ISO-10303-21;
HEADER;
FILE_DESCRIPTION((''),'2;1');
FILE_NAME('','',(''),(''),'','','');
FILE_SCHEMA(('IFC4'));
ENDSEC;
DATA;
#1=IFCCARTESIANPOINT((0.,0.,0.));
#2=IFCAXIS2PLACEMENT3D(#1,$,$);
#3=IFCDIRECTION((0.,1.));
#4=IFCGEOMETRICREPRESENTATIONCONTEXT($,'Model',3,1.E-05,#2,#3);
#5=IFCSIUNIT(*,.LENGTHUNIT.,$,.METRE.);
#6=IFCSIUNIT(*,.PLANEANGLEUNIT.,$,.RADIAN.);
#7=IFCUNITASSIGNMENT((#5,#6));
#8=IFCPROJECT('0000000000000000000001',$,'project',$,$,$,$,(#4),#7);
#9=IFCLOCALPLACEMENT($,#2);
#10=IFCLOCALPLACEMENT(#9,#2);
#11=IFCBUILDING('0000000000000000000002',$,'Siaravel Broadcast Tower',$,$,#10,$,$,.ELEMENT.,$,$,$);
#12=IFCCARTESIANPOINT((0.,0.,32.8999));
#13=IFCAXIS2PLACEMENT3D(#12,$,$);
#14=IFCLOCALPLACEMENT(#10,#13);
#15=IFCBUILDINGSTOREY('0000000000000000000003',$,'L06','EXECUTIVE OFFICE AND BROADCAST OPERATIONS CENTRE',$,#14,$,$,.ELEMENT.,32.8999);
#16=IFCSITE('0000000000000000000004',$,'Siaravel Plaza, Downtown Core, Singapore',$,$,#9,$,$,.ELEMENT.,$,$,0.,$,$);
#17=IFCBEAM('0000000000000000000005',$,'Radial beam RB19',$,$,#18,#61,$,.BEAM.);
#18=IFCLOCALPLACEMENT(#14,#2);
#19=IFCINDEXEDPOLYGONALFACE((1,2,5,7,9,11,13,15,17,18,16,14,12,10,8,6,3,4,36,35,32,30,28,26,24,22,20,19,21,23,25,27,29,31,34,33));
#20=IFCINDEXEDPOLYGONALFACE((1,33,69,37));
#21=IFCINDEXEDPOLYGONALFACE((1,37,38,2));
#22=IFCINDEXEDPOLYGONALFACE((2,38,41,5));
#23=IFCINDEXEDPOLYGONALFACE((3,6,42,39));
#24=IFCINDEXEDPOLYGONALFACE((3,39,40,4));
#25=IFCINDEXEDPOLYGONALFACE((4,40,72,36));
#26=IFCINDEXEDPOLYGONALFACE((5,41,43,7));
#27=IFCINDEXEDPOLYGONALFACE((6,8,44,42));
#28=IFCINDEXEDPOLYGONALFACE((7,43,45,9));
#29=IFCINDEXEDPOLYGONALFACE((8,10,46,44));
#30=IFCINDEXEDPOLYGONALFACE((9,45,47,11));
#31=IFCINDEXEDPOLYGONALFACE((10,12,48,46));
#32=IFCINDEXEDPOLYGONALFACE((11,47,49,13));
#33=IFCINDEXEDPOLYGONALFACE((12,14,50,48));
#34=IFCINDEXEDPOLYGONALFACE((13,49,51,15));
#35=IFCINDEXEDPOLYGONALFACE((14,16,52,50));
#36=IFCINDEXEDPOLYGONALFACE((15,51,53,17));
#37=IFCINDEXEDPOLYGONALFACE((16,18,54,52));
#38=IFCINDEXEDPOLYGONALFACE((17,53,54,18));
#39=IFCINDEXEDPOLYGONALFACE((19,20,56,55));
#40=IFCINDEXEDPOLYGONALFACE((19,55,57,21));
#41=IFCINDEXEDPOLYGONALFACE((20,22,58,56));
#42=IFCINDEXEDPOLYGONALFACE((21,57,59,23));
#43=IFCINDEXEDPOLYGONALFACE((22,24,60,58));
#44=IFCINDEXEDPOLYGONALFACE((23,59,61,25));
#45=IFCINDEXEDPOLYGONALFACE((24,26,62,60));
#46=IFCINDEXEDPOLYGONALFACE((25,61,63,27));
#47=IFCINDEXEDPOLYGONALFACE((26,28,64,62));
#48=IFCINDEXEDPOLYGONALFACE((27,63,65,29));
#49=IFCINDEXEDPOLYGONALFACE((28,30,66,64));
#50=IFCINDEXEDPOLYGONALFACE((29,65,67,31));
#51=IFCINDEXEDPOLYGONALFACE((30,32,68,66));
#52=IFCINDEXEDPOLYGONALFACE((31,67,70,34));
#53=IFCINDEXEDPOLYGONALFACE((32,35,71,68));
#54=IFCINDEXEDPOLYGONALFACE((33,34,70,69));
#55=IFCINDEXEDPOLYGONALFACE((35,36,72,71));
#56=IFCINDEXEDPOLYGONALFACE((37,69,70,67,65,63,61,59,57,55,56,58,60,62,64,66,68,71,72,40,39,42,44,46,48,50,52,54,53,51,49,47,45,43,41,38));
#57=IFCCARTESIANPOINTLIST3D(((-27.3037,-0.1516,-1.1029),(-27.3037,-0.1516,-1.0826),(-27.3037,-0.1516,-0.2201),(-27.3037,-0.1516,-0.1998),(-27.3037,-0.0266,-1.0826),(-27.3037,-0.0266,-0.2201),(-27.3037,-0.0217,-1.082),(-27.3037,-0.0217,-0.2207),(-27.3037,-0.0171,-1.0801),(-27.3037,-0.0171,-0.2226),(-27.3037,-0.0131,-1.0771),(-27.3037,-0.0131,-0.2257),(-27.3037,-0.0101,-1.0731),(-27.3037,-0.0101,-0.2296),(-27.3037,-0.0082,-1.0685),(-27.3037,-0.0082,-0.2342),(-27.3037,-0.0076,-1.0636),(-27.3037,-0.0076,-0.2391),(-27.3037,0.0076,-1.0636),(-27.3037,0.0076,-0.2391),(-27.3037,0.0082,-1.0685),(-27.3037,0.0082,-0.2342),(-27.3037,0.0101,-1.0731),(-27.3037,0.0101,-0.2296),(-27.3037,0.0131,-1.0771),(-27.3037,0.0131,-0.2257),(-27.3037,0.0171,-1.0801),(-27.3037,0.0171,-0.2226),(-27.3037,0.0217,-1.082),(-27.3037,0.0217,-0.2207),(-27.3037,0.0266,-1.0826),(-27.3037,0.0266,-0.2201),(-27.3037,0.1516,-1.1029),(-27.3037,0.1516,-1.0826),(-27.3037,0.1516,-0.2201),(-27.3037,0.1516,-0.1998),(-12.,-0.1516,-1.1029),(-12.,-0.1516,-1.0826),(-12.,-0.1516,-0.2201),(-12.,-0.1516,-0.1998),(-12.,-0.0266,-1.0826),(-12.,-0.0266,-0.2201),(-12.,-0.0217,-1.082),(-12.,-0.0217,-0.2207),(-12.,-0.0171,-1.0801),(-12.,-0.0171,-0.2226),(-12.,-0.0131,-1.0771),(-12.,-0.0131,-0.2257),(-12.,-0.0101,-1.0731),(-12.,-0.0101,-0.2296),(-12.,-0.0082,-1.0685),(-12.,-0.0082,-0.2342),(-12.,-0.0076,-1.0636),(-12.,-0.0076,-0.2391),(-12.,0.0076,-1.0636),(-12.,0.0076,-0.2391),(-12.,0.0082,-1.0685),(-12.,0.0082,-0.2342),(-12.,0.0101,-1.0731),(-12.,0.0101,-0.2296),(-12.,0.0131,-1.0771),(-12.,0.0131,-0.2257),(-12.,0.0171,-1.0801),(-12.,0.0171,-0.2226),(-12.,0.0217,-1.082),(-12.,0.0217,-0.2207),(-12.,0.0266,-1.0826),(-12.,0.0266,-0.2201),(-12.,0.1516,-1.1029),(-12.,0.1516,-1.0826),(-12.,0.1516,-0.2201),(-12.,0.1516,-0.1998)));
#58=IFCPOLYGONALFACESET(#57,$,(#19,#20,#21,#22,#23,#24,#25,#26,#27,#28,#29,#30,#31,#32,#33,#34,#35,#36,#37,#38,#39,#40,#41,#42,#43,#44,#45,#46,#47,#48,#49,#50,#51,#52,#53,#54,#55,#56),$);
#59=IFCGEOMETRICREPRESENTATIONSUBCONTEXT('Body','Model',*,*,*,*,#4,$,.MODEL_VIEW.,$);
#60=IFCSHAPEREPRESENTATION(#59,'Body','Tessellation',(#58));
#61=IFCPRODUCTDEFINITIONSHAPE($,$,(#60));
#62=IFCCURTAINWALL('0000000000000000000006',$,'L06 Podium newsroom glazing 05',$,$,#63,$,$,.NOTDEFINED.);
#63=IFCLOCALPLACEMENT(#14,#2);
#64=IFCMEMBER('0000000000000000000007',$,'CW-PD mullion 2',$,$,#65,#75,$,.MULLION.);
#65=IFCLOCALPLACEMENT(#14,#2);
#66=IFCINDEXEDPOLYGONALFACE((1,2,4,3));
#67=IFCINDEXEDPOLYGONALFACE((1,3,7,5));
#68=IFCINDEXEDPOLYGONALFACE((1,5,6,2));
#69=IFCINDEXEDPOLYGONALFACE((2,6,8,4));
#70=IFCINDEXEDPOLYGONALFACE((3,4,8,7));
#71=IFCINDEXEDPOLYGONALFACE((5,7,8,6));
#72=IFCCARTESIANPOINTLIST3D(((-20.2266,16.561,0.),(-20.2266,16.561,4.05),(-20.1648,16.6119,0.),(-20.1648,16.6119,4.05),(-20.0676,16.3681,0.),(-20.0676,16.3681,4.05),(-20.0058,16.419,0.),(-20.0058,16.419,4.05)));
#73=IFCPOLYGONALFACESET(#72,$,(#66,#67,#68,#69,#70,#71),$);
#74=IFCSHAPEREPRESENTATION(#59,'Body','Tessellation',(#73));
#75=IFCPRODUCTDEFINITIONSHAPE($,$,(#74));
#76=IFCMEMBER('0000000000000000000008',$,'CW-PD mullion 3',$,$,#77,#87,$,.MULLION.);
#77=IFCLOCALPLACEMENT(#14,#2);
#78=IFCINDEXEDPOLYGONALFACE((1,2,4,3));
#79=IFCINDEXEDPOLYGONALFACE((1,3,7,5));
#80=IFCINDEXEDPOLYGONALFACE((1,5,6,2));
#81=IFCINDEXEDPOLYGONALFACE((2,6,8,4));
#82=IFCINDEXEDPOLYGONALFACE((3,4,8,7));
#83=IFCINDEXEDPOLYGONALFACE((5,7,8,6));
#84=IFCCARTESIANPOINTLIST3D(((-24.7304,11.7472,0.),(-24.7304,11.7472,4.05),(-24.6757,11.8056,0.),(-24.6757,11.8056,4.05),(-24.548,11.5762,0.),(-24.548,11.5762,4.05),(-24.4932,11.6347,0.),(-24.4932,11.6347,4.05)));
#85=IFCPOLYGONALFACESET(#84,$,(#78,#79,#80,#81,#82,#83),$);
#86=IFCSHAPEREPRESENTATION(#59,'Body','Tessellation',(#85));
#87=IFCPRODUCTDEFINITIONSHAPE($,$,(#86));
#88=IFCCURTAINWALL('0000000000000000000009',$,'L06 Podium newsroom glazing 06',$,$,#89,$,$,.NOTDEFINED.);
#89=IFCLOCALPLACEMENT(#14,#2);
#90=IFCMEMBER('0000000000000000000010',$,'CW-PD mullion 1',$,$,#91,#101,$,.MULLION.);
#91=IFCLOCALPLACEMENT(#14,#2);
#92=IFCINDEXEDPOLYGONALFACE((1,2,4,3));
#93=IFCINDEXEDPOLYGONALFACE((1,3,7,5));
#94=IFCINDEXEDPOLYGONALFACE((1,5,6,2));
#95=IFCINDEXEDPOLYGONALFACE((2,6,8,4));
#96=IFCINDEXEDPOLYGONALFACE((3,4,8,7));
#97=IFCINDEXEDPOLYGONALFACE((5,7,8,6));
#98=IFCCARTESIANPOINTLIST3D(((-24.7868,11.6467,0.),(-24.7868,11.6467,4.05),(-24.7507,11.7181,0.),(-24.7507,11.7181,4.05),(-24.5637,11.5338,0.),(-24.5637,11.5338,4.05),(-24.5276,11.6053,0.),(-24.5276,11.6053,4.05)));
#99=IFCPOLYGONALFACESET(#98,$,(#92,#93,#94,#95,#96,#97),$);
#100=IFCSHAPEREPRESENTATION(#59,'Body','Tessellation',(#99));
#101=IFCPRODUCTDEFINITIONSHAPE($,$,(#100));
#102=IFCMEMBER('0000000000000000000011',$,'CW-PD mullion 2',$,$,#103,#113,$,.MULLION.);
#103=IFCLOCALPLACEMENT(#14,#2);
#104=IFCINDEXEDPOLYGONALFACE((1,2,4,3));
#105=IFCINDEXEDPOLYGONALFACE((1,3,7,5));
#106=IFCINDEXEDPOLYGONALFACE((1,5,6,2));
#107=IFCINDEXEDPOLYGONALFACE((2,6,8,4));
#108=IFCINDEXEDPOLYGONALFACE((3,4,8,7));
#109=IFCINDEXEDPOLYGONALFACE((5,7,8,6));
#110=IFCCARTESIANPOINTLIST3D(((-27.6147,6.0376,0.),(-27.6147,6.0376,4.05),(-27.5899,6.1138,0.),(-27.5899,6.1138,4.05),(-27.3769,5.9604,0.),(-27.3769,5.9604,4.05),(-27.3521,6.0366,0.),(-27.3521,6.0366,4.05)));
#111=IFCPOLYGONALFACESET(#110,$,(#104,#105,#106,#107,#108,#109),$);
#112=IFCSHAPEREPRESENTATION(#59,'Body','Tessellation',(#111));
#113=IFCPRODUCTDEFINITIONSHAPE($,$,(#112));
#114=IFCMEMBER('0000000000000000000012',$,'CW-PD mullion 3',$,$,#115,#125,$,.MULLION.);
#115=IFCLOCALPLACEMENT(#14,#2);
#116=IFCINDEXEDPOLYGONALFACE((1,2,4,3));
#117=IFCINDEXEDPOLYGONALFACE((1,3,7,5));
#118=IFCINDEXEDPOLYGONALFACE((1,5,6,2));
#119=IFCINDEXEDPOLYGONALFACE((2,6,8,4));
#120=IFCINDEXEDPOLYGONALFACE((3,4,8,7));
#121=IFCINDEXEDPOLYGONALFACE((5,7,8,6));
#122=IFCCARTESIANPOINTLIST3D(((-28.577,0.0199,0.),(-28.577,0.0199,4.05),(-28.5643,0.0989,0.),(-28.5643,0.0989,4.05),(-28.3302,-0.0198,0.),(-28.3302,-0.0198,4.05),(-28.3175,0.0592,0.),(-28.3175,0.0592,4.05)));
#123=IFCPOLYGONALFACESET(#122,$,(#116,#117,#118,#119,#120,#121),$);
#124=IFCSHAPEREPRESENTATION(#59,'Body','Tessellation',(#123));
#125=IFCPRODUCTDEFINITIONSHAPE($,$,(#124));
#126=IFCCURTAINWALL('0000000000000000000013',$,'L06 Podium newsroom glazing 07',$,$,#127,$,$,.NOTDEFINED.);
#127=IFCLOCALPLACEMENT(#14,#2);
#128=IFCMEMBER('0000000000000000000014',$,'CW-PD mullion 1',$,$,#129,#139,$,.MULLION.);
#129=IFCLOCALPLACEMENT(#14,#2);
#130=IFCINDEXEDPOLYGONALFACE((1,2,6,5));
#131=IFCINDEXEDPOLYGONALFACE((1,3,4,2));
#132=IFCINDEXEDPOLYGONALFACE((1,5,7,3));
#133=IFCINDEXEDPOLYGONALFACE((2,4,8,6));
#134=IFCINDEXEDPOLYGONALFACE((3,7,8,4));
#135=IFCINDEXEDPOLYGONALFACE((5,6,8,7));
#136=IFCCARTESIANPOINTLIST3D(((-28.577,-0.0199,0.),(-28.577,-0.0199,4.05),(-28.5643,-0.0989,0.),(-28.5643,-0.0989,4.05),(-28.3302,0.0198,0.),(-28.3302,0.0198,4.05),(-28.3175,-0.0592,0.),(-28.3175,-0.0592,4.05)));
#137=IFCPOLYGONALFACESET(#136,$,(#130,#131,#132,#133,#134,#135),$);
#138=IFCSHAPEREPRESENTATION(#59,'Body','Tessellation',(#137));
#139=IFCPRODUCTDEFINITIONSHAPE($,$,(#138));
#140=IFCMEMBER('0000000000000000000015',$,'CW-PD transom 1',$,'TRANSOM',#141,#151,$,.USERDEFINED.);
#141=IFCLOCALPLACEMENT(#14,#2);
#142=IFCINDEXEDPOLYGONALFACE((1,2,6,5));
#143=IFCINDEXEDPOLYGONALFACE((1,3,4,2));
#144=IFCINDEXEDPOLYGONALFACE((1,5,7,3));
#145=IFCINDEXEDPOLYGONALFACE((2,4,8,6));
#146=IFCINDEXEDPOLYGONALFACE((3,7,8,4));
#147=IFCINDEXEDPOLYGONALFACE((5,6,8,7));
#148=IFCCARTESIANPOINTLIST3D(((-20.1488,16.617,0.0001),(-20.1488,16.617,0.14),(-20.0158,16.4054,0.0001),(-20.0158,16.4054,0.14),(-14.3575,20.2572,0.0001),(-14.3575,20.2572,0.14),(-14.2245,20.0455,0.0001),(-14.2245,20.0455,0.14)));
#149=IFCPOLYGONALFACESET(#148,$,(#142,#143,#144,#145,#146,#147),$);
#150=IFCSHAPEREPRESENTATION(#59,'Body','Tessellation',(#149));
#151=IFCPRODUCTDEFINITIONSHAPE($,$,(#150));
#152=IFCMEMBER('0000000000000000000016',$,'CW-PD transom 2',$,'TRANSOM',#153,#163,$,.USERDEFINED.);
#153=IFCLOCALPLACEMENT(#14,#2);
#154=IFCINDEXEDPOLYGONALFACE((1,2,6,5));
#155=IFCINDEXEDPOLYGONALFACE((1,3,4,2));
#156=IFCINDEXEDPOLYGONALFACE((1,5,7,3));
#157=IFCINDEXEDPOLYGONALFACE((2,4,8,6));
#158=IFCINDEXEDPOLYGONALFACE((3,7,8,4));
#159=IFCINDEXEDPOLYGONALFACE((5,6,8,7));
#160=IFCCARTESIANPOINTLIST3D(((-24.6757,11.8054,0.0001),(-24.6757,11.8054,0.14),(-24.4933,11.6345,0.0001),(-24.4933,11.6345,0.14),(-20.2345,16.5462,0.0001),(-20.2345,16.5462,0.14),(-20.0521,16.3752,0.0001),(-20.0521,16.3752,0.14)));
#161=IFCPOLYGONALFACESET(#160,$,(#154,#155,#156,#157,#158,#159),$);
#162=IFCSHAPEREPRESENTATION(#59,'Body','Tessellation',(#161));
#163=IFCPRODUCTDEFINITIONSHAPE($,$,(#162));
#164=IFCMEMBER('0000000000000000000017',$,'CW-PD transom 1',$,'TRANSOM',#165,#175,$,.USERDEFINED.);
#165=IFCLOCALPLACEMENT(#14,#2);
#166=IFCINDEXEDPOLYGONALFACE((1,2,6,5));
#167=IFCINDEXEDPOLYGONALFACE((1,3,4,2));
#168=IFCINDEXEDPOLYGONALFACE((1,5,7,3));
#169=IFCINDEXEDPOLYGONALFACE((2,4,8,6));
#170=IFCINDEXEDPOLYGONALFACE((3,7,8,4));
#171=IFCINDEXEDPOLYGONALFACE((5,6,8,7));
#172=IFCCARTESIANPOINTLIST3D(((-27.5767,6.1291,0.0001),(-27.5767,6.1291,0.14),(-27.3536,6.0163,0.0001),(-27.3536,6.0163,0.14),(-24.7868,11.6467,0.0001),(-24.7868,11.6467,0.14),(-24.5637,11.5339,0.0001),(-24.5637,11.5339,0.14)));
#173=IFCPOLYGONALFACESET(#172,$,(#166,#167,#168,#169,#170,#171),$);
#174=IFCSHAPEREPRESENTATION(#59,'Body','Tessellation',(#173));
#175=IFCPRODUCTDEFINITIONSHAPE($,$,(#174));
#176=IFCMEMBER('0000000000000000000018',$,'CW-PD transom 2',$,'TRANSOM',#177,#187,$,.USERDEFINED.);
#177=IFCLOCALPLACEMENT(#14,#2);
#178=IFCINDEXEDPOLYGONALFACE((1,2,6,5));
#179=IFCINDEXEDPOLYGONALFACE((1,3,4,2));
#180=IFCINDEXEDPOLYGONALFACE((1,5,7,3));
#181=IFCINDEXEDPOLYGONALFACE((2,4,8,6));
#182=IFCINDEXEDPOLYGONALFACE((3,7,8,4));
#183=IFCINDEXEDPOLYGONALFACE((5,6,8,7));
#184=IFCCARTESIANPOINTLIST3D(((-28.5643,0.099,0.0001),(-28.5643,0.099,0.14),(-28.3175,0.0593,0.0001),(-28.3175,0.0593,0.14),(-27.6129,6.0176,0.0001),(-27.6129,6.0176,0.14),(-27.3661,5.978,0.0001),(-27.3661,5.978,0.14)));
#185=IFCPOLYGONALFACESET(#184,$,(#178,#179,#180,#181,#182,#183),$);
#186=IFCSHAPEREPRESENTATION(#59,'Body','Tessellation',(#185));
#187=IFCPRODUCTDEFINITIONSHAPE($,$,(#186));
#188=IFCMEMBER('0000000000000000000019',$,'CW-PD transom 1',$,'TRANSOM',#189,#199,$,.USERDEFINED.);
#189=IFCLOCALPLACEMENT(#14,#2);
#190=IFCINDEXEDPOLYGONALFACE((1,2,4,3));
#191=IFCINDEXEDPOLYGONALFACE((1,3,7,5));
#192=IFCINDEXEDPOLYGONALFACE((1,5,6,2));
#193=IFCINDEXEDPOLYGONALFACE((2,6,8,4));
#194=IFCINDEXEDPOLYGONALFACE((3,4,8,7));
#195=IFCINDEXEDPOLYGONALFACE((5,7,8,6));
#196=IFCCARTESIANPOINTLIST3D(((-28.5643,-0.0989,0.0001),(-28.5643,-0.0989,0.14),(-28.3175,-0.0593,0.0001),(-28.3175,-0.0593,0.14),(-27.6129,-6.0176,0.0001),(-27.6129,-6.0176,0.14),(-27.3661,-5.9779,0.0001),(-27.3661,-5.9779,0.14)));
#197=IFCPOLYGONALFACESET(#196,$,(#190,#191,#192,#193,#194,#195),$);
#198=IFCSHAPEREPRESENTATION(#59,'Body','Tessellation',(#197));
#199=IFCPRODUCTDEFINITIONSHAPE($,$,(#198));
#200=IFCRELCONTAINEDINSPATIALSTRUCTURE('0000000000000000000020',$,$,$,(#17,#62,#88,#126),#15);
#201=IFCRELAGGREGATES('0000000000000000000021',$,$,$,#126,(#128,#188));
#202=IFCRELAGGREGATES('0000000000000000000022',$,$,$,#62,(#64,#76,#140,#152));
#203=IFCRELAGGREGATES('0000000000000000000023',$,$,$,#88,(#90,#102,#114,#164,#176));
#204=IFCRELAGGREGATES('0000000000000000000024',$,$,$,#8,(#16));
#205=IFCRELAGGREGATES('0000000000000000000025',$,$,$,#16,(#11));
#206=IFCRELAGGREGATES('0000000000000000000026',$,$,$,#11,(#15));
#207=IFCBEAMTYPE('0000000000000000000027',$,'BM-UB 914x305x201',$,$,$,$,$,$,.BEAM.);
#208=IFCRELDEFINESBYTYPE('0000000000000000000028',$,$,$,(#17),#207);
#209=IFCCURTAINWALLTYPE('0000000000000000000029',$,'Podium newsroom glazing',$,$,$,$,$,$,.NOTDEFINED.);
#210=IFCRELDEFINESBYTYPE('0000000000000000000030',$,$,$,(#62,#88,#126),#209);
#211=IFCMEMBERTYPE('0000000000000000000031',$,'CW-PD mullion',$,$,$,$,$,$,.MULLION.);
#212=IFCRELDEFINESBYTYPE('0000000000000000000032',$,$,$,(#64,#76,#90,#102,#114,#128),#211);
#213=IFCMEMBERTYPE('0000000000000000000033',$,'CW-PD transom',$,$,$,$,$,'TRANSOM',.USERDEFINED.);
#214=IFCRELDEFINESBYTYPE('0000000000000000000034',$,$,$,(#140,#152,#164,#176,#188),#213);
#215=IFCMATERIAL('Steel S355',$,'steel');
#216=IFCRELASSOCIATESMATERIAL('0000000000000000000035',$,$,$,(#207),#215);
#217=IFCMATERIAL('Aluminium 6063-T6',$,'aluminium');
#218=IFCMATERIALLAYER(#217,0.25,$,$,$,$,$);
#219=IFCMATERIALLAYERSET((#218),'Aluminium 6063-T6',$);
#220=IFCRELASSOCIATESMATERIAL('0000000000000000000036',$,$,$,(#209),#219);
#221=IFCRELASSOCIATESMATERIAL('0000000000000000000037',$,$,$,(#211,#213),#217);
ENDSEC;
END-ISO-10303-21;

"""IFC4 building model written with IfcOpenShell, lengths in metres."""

from ifc_helpers import new_model, si_unit, direction, frame, origin, origin_2d, place, context, subcontext, project, spatial, rectangle, i_section, extrude, material, layer, layer_set, material_profile, profile_set, type_object, element, aggregate, save


model = new_model("IFC4")

# Units and contexts
model_context = context("Model", 3, precision=1e-05, world=origin(), true_north=direction((0.0, 1.0)))
body_context = subcontext(model_context, "Body", "Model", "MODEL_VIEW")
ifc_project = project(units=[si_unit("LENGTHUNIT", "METRE"), si_unit("PLANEANGLEUNIT", "RADIAN")], contexts=[model_context])

# Site, building, storey
site_placement = place(None, origin())
site = spatial("IfcSite", under=ifc_project, at=site_placement, Name="Siaravel Plaza, Downtown Core, Singapore", CompositionType="ELEMENT", RefElevation=0.0)
building_placement = place(site_placement, origin())
building = spatial("IfcBuilding", under=site, at=building_placement, Name="Siaravel Broadcast Tower", CompositionType="ELEMENT")
storey_placement = place(building_placement, frame((0.0, 0.0, 32.8999)))
storey = spatial("IfcBuildingStorey", under=building, at=storey_placement, Name="L06", Description="EXECUTIVE OFFICE AND BROADCAST OPERATIONS CENTRE", CompositionType="ELEMENT", Elevation=32.8999)

# Beam
ifc_material_1 = material(Name="Steel S355", Category="steel")
ifc_material_profile_1 = material_profile(ifc_material_1, i_section(OverallWidth=0.3032, OverallDepth=0.9031, WebThickness=0.0151, FlangeThickness=0.0203, FilletRadius=0.019, at=origin_2d()))
ifc_profile_set_1 = profile_set([ifc_material_profile_1], Name="Steel S355")
beam_type = type_object("IfcBeamType", Name="BM-UB 914x305x201", PredefinedType="BEAM", material=ifc_profile_set_1)
beam_1_placement = place(storey_placement, frame((-27.3037, 0.0, -0.6514), z_axis=(1.0, 0.0, 0.0), x_axis=(0.0, 1.0, 0.0)))
element("IfcBeam", 1, at=beam_1_placement, inside=storey, type_object=beam_type, Name="Radial beam RB19", PredefinedType="BEAM", context=body_context, shape_type="SweptSolid", body=[
    extrude(i_section(OverallWidth=0.3032, OverallDepth=0.9031, WebThickness=0.0151, FlangeThickness=0.0203, FilletRadius=0.019, at=origin_2d()), origin(), (0.0, 0.0, 1.0), 15.3037),
])

# Curtain walls, members
ifc_material_2 = material(Name="Aluminium 6063-T6", Category="aluminium")
ifc_layer_1 = layer(ifc_material_2, 0.25)
ifc_layer_set_1 = layer_set([ifc_layer_1], Name="Aluminium 6063-T6")
curtain_wall_type = type_object("IfcCurtainWallType", Name="Podium newsroom glazing", PredefinedType="NOTDEFINED", material=ifc_layer_set_1)
curtain_wall_1_placement = place(storey_placement, origin())
curtain_wall_1 = element("IfcCurtainWall", 2, at=curtain_wall_1_placement, inside=storey, type_object=curtain_wall_type, Name="L06 Podium newsroom glazing 05", PredefinedType="NOTDEFINED")
ifc_material_profile_2 = material_profile(ifc_material_2, rectangle(XDim=0.25, YDim=0.0801, at=origin_2d()))
ifc_profile_set_2 = profile_set([ifc_material_profile_2], Name="Aluminium 6063-T6")
member_type_1 = type_object("IfcMemberType", Name="CW-PD mullion", PredefinedType="MULLION", material=ifc_profile_set_2)
member_1_placement = place(storey_placement, frame((-20.1162, 16.49, 0.0), z_axis=(0.0, 0.0, 1.0), x_axis=(0.636218, -0.77151, 0.0)))
member_1 = element("IfcMember", 3, at=member_1_placement, type_object=member_type_1, Name="CW-PD mullion 2", PredefinedType="MULLION", context=body_context, shape_type="SweptSolid", body=[
    extrude(rectangle(XDim=0.25, YDim=0.0801, at=origin_2d()), origin(), (0.0, 0.0, 1.0), 4.05),
])
member_2_placement = place(storey_placement, frame((-24.6118, 11.6909, 0.0), z_axis=(0.0, 0.0, 1.0), x_axis=(0.729804, -0.683656, 0.0)))
member_2 = element("IfcMember", 4, at=member_2_placement, type_object=member_type_1, Name="CW-PD mullion 3", PredefinedType="MULLION", context=body_context, shape_type="SweptSolid", body=[
    extrude(rectangle(XDim=0.25, YDim=0.0801, at=origin_2d()), origin(), (0.0, 0.0, 1.0), 4.05),
])
curtain_wall_2_placement = place(storey_placement, origin())
curtain_wall_2 = element("IfcCurtainWall", 5, at=curtain_wall_2_placement, inside=storey, type_object=curtain_wall_type, Name="L06 Podium newsroom glazing 06", PredefinedType="NOTDEFINED")
member_3_placement = place(storey_placement, frame((-24.6572, 11.626, 0.0), z_axis=(0.0, 0.0, 1.0), x_axis=(0.892391, -0.451262, 0.0)))
member_3 = element("IfcMember", 6, at=member_3_placement, type_object=member_type_1, Name="CW-PD mullion 1", PredefinedType="MULLION", context=body_context, shape_type="SweptSolid", body=[
    extrude(rectangle(XDim=0.25, YDim=0.0801, at=origin_2d()), origin(), (0.0, 0.0, 1.0), 4.05),
])
member_4_placement = place(storey_placement, frame((-27.4834, 6.0371, 0.0), z_axis=(0.0, 0.0, 1.0), x_axis=(0.951177, -0.308646, 0.0)))
member_4 = element("IfcMember", 7, at=member_4_placement, type_object=member_type_1, Name="CW-PD mullion 2", PredefinedType="MULLION", context=body_context, shape_type="SweptSolid", body=[
    extrude(rectangle(XDim=0.25, YDim=0.0801, at=origin_2d()), origin(), (0.0, 0.0, 1.0), 4.05),
])
member_5_placement = place(storey_placement, frame((-28.4473, 0.0396, 0.0), z_axis=(0.0, 0.0, 1.0), x_axis=(0.987329, -0.158686, 0.0)))
member_5 = element("IfcMember", 8, at=member_5_placement, type_object=member_type_1, Name="CW-PD mullion 3", PredefinedType="MULLION", context=body_context, shape_type="SweptSolid", body=[
    extrude(rectangle(XDim=0.25, YDim=0.0801, at=origin_2d()), origin(), (0.0, 0.0, 1.0), 4.05),
])

# Curtain wall, member
curtain_wall_3_placement = place(storey_placement, origin())
curtain_wall_3 = element("IfcCurtainWall", 9, at=curtain_wall_3_placement, inside=storey, type_object=curtain_wall_type, Name="L06 Podium newsroom glazing 07", PredefinedType="NOTDEFINED")
member_6_placement = place(storey_placement, frame((-28.4473, -0.0396, 0.0), z_axis=(0.0, 0.0, 1.0), x_axis=(0.987329, 0.158686, 0.0)))
member_6 = element("IfcMember", 10, at=member_6_placement, type_object=member_type_1, Name="CW-PD mullion 1", PredefinedType="MULLION", context=body_context, shape_type="SweptSolid", body=[
    extrude(rectangle(XDim=0.25, YDim=0.0801, at=origin_2d()), origin(), (0.0, 0.0, 1.0), 4.05),
])

# Members
ifc_material_profile_3 = material_profile(ifc_material_2, rectangle(XDim=0.25, YDim=0.1399, at=origin_2d()))
ifc_profile_set_3 = profile_set([ifc_material_profile_3], Name="Aluminium 6063-T6")
member_type_2 = type_object("IfcMemberType", Name="CW-PD transom", ElementType="TRANSOM", PredefinedType="USERDEFINED", material=ifc_profile_set_3)
member_7_placement = place(storey_placement, frame((-14.291, 20.1514, 0.0701), z_axis=(-0.846642, -0.532163, 0.0), x_axis=(0.532163, -0.846642, 0.0)))
member_7 = element("IfcMember", 11, at=member_7_placement, type_object=member_type_2, Name="CW-PD transom 1", ObjectType="TRANSOM", PredefinedType="USERDEFINED", context=body_context, shape_type="SweptSolid", body=[
    extrude(rectangle(XDim=0.25, YDim=0.1399, at=origin_2d()), origin(), (0.0, 0.0, 1.0), 6.8403),
])
member_8_placement = place(storey_placement, frame((-20.1433, 16.4607, 0.0701), z_axis=(-0.683674, -0.729788, 0.0), x_axis=(0.729788, -0.683674, 0.0)))
member_8 = element("IfcMember", 12, at=member_8_placement, type_object=member_type_2, Name="CW-PD transom 2", ObjectType="TRANSOM", PredefinedType="USERDEFINED", context=body_context, shape_type="SweptSolid", body=[
    extrude(rectangle(XDim=0.25, YDim=0.1399, at=origin_2d()), origin(), (0.0, 0.0, 1.0), 6.4961),
])
member_9_placement = place(storey_placement, frame((-24.6753, 11.5903, 0.0701), z_axis=(-0.451221, -0.892412, 0.0), x_axis=(0.892412, -0.451221, 0.0)))
member_9 = element("IfcMember", 13, at=member_9_placement, type_object=member_type_2, Name="CW-PD transom 1", ObjectType="TRANSOM", PredefinedType="USERDEFINED", context=body_context, shape_type="SweptSolid", body=[
    extrude(rectangle(XDim=0.25, YDim=0.1399, at=origin_2d()), origin(), (0.0, 0.0, 1.0), 6.1829),
])
member_10_placement = place(storey_placement, frame((-27.4895, 5.9978, 0.0701), z_axis=(-0.15871, -0.987325, 0.0), x_axis=(0.987325, -0.15871, 0.0)))
member_10 = element("IfcMember", 14, at=member_10_placement, type_object=member_type_2, Name="CW-PD transom 2", ObjectType="TRANSOM", PredefinedType="USERDEFINED", context=body_context, shape_type="SweptSolid", body=[
    extrude(rectangle(XDim=0.25, YDim=0.1399, at=origin_2d()), origin(), (0.0, 0.0, 1.0), 5.9946),
])
member_11_placement = place(storey_placement, frame((-28.4409, -0.0791, 0.0701), z_axis=(0.15871, -0.987325, 0.0), x_axis=(0.987325, 0.15871, 0.0)))
member_11 = element("IfcMember", 15, at=member_11_placement, type_object=member_type_2, Name="CW-PD transom 1", ObjectType="TRANSOM", PredefinedType="USERDEFINED", context=body_context, shape_type="SweptSolid", body=[
    extrude(rectangle(XDim=0.25, YDim=0.1399, at=origin_2d()), origin(), (0.0, 0.0, 1.0), 5.9946),
])
aggregate(curtain_wall_3, [member_6, member_11])

aggregate(curtain_wall_1, [member_1, member_2, member_7, member_8])
aggregate(curtain_wall_2, [member_3, member_4, member_5, member_9, member_10])

save(model, "model.ifc")
